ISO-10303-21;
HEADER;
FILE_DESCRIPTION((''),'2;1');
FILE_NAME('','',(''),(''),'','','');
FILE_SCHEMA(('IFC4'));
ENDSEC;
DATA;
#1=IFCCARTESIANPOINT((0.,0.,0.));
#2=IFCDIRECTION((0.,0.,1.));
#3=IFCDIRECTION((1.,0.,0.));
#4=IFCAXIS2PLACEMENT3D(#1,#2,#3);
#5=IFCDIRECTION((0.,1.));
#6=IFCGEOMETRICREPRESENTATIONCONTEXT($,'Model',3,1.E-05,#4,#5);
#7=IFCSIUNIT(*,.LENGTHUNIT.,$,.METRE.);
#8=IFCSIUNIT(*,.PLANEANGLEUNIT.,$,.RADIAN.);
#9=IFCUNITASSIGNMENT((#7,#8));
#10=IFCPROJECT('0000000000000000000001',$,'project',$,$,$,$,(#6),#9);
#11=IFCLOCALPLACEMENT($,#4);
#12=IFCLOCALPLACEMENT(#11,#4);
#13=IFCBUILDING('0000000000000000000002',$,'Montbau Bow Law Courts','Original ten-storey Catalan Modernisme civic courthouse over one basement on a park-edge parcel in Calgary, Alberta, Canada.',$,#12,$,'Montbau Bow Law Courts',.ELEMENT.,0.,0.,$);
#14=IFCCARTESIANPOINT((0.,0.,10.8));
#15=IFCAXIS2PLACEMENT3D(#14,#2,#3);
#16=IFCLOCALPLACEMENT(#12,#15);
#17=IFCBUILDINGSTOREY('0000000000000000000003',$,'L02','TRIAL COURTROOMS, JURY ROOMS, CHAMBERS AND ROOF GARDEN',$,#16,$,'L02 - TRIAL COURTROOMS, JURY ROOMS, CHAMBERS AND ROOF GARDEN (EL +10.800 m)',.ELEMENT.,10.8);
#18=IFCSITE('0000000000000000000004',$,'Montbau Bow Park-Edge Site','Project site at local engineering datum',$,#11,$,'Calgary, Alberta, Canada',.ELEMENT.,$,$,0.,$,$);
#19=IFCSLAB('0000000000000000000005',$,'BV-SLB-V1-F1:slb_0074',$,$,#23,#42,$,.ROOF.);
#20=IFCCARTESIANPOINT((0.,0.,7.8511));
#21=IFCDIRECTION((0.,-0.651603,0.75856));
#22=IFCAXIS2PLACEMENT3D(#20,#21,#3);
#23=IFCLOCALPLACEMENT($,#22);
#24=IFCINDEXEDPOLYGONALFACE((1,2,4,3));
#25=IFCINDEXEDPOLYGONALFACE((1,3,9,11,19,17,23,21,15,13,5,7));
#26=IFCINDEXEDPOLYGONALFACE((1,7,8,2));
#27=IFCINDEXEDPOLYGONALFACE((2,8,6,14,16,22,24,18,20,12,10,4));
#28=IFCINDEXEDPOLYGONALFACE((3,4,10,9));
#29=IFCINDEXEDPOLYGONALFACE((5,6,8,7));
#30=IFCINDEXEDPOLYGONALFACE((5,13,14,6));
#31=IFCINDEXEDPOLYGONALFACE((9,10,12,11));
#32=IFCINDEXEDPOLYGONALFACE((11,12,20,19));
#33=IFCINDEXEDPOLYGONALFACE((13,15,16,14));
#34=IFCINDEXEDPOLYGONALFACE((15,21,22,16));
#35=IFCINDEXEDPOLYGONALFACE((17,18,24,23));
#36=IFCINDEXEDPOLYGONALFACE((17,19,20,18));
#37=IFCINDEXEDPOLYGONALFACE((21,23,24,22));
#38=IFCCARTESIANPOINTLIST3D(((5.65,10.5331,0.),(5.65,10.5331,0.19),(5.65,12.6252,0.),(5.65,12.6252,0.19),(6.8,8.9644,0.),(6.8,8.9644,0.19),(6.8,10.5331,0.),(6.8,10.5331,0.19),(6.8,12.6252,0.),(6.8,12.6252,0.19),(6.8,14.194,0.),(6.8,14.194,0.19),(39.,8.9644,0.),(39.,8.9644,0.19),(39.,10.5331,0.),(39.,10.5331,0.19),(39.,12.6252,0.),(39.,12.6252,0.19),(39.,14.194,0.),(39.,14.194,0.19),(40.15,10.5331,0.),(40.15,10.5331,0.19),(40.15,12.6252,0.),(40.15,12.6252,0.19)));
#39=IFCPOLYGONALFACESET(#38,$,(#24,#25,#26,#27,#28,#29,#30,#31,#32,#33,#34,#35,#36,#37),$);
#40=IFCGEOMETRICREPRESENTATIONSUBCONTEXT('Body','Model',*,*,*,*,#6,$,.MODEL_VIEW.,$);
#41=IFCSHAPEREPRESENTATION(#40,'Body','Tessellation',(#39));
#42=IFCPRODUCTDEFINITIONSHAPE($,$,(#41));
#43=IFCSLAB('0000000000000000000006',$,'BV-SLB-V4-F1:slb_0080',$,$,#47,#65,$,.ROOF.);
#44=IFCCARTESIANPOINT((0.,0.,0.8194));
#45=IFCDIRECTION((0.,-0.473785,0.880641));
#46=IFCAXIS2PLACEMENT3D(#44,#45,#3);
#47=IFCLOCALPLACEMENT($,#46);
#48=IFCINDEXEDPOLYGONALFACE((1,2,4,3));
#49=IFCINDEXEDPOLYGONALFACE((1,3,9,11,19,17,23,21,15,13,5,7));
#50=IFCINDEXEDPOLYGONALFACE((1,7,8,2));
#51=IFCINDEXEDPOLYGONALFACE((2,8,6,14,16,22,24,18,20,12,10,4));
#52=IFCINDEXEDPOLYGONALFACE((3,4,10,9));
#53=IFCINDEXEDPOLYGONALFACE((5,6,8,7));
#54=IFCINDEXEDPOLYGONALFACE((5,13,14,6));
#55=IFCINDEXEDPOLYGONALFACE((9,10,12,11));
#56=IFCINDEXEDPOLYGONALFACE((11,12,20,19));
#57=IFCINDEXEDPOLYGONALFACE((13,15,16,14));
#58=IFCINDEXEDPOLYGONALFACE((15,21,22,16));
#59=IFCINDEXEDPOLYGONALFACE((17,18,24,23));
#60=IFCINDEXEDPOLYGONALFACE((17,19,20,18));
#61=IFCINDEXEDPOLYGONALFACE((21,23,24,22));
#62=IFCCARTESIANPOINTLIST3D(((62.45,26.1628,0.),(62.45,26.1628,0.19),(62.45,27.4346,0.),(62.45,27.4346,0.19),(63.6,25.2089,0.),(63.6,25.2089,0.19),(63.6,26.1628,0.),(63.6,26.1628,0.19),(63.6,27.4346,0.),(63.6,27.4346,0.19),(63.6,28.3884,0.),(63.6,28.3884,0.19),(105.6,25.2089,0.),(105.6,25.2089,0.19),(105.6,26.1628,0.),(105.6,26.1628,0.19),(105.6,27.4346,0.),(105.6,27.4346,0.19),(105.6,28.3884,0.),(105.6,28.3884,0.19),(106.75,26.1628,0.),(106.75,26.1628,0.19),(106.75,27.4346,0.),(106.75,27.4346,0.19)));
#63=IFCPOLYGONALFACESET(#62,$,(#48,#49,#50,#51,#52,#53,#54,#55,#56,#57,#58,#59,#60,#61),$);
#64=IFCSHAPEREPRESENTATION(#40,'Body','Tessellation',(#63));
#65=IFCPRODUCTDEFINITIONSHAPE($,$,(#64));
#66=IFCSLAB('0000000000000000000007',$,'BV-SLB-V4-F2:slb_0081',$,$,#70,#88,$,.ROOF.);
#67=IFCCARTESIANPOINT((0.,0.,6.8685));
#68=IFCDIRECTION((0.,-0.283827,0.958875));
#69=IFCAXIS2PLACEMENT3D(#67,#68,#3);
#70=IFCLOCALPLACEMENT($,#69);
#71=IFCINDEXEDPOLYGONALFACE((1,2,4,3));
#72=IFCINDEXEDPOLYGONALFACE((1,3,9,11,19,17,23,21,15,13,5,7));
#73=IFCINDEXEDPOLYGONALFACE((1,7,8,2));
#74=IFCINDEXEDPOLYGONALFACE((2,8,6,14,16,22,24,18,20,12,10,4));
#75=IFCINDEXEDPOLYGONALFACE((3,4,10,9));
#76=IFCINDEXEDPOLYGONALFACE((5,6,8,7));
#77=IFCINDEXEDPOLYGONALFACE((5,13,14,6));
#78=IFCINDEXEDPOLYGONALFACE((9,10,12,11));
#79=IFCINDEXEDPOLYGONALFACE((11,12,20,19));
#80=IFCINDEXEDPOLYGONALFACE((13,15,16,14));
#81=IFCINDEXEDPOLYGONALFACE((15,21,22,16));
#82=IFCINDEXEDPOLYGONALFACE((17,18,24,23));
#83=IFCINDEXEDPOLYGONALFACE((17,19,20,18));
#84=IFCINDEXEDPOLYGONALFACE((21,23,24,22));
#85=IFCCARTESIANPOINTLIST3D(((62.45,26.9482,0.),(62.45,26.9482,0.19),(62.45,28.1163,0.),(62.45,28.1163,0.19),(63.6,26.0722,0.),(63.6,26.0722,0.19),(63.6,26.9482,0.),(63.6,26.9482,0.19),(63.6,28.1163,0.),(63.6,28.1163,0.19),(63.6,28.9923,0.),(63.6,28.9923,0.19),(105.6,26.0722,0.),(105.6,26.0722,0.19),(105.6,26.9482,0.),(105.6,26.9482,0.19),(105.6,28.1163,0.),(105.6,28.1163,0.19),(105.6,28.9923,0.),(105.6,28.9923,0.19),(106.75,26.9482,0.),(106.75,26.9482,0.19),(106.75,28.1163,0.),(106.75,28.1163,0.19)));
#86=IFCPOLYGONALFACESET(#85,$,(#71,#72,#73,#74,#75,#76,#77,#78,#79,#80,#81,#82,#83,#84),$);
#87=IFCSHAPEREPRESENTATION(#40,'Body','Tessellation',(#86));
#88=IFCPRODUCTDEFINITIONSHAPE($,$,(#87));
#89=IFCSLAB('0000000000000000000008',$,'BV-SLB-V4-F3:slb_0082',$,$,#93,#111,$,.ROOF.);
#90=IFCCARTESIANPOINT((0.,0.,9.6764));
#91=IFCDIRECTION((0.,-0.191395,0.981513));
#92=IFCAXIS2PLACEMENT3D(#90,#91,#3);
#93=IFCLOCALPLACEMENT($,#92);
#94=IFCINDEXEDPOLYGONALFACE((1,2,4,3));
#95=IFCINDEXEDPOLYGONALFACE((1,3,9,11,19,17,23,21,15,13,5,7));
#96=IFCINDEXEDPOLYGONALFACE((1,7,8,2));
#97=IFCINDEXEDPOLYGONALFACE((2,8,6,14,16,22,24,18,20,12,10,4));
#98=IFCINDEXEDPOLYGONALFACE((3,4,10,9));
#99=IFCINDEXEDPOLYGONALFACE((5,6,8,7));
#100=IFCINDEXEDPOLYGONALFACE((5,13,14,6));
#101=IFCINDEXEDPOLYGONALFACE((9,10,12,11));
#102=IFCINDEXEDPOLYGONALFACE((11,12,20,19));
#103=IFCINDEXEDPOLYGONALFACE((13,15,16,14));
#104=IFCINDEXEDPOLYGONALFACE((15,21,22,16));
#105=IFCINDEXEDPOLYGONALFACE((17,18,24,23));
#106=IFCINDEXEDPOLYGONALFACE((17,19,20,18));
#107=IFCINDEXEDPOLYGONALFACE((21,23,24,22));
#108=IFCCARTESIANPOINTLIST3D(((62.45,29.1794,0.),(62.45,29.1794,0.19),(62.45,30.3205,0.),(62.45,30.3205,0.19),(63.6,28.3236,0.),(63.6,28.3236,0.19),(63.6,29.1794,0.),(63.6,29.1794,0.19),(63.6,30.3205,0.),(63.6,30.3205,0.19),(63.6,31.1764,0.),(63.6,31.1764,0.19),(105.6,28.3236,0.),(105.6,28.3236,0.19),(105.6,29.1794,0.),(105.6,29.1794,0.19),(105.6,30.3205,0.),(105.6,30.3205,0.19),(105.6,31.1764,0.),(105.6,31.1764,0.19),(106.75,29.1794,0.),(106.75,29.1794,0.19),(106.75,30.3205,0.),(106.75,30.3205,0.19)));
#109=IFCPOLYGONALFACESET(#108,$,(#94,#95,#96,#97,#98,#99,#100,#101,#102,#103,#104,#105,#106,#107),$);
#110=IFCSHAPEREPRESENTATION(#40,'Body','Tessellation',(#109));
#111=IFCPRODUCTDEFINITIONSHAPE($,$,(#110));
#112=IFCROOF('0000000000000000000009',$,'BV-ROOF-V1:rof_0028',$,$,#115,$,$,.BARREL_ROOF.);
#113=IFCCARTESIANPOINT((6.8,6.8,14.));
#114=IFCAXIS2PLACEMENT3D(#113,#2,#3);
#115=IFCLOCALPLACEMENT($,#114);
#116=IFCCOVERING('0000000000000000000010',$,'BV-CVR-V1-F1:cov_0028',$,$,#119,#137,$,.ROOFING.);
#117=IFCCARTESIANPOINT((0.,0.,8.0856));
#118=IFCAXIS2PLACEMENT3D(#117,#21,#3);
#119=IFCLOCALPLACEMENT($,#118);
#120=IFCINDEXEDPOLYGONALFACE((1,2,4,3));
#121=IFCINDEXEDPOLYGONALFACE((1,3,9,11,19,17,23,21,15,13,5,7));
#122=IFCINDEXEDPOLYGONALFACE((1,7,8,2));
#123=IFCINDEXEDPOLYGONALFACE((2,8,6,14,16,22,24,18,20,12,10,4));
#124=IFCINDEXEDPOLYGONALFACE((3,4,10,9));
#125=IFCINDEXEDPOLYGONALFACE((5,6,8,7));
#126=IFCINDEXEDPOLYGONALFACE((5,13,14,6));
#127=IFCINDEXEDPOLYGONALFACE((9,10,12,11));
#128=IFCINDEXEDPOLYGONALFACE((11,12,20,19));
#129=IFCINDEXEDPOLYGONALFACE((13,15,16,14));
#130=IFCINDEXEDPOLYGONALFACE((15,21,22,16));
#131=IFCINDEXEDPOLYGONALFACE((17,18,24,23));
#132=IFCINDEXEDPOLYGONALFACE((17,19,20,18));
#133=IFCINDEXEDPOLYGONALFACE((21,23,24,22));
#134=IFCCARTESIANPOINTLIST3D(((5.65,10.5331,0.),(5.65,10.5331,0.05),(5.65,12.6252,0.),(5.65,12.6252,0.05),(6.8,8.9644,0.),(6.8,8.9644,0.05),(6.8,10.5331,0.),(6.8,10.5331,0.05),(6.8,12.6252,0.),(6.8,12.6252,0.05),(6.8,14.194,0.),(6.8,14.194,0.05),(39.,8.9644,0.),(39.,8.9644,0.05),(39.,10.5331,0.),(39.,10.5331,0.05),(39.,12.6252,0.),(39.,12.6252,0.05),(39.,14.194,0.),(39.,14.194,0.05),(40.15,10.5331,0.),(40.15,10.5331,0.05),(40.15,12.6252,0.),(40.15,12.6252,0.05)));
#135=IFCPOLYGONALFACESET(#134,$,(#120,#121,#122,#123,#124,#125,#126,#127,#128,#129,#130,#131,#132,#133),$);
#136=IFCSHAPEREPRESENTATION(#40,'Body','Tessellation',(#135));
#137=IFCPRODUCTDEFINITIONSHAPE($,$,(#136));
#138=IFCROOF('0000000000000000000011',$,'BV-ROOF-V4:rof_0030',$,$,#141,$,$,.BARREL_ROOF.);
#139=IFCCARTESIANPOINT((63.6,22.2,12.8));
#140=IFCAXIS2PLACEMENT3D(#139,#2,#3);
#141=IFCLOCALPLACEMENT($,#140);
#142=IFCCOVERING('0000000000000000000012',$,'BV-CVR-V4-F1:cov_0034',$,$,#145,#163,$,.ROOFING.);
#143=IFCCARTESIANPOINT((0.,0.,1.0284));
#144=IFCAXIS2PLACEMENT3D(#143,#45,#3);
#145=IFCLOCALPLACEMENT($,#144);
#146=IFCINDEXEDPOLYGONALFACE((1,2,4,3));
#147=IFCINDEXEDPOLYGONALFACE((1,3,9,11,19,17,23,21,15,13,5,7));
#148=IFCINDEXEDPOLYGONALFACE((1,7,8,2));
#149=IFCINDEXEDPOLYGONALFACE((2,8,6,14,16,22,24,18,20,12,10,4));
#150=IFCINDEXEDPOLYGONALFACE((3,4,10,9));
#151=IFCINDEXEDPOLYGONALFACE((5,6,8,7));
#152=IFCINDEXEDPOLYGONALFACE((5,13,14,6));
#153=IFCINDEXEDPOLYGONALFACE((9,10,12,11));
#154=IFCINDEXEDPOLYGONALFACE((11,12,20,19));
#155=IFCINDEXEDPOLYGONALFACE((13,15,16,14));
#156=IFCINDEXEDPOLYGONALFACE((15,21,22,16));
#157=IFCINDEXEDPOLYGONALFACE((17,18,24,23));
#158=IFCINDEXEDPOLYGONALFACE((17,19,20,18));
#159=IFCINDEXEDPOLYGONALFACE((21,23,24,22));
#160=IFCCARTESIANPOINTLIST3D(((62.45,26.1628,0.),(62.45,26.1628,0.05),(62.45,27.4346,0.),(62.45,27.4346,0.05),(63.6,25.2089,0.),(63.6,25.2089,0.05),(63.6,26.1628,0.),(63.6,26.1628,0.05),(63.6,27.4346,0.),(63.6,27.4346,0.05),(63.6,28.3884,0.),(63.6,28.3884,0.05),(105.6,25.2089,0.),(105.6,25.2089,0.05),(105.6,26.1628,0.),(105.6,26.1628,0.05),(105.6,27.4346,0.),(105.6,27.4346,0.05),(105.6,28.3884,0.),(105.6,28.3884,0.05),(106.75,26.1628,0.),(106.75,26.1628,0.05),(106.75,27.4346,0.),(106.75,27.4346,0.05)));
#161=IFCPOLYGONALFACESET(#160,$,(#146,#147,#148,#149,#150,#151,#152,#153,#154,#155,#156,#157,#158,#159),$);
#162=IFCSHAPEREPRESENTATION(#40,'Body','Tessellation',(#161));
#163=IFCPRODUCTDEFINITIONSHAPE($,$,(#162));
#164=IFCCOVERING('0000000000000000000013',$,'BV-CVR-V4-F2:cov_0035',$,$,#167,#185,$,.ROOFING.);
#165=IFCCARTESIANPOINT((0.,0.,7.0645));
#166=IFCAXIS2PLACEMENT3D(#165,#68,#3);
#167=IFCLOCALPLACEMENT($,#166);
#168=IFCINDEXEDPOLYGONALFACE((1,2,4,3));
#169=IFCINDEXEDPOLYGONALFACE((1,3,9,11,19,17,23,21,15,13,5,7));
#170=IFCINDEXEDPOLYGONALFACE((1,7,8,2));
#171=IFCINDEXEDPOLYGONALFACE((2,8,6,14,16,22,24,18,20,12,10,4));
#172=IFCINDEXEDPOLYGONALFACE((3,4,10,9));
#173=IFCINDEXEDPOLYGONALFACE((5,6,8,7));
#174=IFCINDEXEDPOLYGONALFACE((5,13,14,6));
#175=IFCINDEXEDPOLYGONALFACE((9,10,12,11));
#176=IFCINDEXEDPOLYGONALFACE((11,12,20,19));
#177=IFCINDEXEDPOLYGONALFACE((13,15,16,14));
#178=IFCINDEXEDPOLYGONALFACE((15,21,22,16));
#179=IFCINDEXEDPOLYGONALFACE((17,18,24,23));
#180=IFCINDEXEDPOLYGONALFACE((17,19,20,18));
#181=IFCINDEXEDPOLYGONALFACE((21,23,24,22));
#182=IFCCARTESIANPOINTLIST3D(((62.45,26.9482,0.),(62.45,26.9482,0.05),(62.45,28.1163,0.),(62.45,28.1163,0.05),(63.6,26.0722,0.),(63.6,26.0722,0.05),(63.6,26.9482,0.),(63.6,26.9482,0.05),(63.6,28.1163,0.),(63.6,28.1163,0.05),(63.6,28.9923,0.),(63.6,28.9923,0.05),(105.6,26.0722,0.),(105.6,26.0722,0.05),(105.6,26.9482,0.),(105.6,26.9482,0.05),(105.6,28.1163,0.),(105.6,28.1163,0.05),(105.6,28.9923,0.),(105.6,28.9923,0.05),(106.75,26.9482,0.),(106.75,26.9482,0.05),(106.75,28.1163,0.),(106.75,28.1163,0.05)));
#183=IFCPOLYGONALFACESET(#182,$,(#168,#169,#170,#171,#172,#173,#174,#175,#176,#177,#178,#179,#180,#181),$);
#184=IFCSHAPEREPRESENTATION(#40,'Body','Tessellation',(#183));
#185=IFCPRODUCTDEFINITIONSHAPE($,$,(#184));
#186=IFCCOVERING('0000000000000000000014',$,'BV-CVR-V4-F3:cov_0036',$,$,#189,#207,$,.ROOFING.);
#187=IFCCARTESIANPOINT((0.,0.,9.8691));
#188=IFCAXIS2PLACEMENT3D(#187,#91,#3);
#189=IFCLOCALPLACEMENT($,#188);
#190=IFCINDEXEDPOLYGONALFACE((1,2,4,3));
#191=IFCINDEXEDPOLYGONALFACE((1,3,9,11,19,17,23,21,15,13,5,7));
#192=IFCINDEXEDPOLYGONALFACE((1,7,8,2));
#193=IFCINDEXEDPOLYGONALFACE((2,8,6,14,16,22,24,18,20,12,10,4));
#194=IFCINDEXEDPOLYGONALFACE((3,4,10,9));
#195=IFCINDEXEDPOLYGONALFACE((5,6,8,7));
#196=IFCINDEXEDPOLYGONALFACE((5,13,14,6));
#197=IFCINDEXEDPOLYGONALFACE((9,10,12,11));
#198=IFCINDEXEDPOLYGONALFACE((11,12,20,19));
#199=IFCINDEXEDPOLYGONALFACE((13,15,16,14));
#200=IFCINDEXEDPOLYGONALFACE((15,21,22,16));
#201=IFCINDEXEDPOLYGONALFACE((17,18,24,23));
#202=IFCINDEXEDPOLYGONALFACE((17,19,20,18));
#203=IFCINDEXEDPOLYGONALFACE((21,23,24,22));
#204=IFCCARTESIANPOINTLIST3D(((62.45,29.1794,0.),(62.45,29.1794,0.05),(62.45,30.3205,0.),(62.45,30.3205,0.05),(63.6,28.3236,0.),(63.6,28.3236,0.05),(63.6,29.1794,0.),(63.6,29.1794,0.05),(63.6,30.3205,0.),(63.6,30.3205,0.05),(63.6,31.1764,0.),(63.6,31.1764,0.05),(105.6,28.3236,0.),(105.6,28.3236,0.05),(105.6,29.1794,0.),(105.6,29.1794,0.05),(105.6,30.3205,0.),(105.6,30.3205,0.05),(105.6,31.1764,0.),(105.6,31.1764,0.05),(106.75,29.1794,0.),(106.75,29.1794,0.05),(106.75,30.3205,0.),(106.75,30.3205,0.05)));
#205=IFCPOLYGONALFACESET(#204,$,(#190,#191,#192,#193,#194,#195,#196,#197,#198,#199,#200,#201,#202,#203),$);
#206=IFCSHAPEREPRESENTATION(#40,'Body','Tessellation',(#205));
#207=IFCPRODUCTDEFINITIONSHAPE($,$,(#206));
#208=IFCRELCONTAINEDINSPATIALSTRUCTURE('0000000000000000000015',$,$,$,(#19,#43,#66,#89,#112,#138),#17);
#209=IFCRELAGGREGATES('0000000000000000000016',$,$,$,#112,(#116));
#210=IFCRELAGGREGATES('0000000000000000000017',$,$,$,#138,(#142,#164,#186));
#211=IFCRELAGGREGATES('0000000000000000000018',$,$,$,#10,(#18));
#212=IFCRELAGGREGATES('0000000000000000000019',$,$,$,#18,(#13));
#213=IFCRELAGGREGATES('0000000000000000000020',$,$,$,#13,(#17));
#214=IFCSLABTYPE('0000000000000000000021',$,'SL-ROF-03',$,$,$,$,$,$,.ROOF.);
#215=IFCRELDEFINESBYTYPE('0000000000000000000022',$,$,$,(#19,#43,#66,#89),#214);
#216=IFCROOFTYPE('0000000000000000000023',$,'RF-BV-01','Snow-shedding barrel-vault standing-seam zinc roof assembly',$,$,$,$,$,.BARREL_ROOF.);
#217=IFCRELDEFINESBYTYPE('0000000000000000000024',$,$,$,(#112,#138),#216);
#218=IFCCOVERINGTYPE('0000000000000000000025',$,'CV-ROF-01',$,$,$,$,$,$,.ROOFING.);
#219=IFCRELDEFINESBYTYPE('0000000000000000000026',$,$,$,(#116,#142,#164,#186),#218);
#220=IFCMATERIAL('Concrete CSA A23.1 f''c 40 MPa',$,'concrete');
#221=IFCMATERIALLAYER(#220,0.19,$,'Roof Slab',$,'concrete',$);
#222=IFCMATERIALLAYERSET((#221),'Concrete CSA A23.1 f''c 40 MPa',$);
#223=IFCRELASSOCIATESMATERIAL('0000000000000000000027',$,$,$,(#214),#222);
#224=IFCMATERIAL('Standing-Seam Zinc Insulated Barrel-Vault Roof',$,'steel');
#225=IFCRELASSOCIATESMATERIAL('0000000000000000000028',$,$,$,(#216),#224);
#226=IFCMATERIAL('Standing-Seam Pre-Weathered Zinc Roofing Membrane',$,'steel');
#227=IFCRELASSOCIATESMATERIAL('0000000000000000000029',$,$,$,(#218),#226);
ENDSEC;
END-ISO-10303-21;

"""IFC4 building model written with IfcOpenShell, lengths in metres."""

from ifc_helpers import new_model, si_unit, direction, frame, origin_with_axes, place, context, subcontext, project, spatial, polyline, outline, extrude, material, layer, layer_set, type_object, element, aggregate, save


model = new_model("IFC4")

# Units and contexts
model_context = context("Model", 3, precision=1e-05, world=origin_with_axes(), true_north=direction((0.0, 1.0)))
body_context = subcontext(model_context, "Body", "Model", "MODEL_VIEW")
ifc_project = project(units=[si_unit("LENGTHUNIT", "METRE"), si_unit("PLANEANGLEUNIT", "RADIAN")], contexts=[model_context])

# Site, building, storey
site_placement = place(None, origin_with_axes())
site = spatial("IfcSite", under=ifc_project, at=site_placement, Name="Montbau Bow Park-Edge Site", Description="Project site at local engineering datum", LongName="Calgary, Alberta, Canada", CompositionType="ELEMENT", RefElevation=0.0)
building_placement = place(site_placement, origin_with_axes())
building = spatial("IfcBuilding", under=site, at=building_placement, Name="Montbau Bow Law Courts", Description="Original ten-storey Catalan Modernisme civic courthouse over one basement on a park-edge parcel in Calgary, Alberta, Canada.", LongName="Montbau Bow Law Courts", CompositionType="ELEMENT", ElevationOfRefHeight=0.0, ElevationOfTerrain=0.0)
storey_placement = place(building_placement, frame((0.0, 0.0, 10.8), z_axis=(0.0, 0.0, 1.0), x_axis=(1.0, 0.0, 0.0)))
storey = spatial("IfcBuildingStorey", under=building, at=storey_placement, Name="L02", Description="TRIAL COURTROOMS, JURY ROOMS, CHAMBERS AND ROOF GARDEN", LongName="L02 - TRIAL COURTROOMS, JURY ROOMS, CHAMBERS AND ROOF GARDEN (EL +10.800 m)", CompositionType="ELEMENT", Elevation=10.8)

# Slabs
ifc_material_1 = material(Name="Concrete CSA A23.1 f'c 40 MPa", Category="concrete")
ifc_layer_1 = layer(ifc_material_1, 0.19, Name="Roof Slab", Category="concrete")
ifc_layer_set_1 = layer_set([ifc_layer_1], Name="Concrete CSA A23.1 f'c 40 MPa")
slab_type_1 = type_object("IfcSlabType", Name="SL-ROF-03", PredefinedType="ROOF", material=ifc_layer_set_1)
slab_1_placement = place(None, frame((0.0, 0.0, 7.8511), z_axis=(0.0, -0.651603, 0.75856), x_axis=(1.0, 0.0, 0.0)))
element("IfcSlab", 1, at=slab_1_placement, inside=storey, type_object=slab_type_1, Name="BV-SLB-V1-F1:slb_0074", PredefinedType="ROOF", context=body_context, shape_type="SweptSolid", body=[
    extrude(outline(polyline([(6.8, 8.9644), (39.0, 8.9644), (39.0, 10.5331), (40.15, 10.5331), (40.15, 12.6252), (39.0, 12.6252), (39.0, 14.194), (6.8, 14.194), (6.8, 12.6252), (5.65, 12.6252), (5.65, 10.5331), (6.8, 10.5331), (6.8, 8.9644)])), origin_with_axes(), (0.0, 0.0, 1.0), 0.19),
])
slab_2_placement = place(None, frame((0.0, 0.0, 0.8194), z_axis=(0.0, -0.473785, 0.880641), x_axis=(1.0, 0.0, 0.0)))
element("IfcSlab", 2, at=slab_2_placement, inside=storey, type_object=slab_type_1, Name="BV-SLB-V4-F1:slb_0080", PredefinedType="ROOF", context=body_context, shape_type="SweptSolid", body=[
    extrude(outline(polyline([(63.6, 25.2089), (105.6, 25.2089), (105.6, 26.1628), (106.75, 26.1628), (106.75, 27.4346), (105.6, 27.4346), (105.6, 28.3884), (63.6, 28.3884), (63.6, 27.4346), (62.45, 27.4346), (62.45, 26.1628), (63.6, 26.1628), (63.6, 25.2089)])), origin_with_axes(), (0.0, 0.0, 1.0), 0.19),
])
slab_3_placement = place(None, frame((0.0, 0.0, 6.8685), z_axis=(0.0, -0.283827, 0.958875), x_axis=(1.0, 0.0, 0.0)))
element("IfcSlab", 3, at=slab_3_placement, inside=storey, type_object=slab_type_1, Name="BV-SLB-V4-F2:slb_0081", PredefinedType="ROOF", context=body_context, shape_type="SweptSolid", body=[
    extrude(outline(polyline([(63.6, 26.0722), (105.6, 26.0722), (105.6, 26.9482), (106.75, 26.9482), (106.75, 28.1163), (105.6, 28.1163), (105.6, 28.9923), (63.6, 28.9923), (63.6, 28.1163), (62.45, 28.1163), (62.45, 26.9482), (63.6, 26.9482), (63.6, 26.0722)])), origin_with_axes(), (0.0, 0.0, 1.0), 0.19),
])
slab_4_placement = place(None, frame((0.0, 0.0, 9.6764), z_axis=(0.0, -0.191395, 0.981513), x_axis=(1.0, 0.0, 0.0)))
element("IfcSlab", 4, at=slab_4_placement, inside=storey, type_object=slab_type_1, Name="BV-SLB-V4-F3:slb_0082", PredefinedType="ROOF", context=body_context, shape_type="SweptSolid", body=[
    extrude(outline(polyline([(63.6, 28.3236), (105.6, 28.3236), (105.6, 29.1794), (106.75, 29.1794), (106.75, 30.3205), (105.6, 30.3205), (105.6, 31.1764), (63.6, 31.1764), (63.6, 30.3205), (62.45, 30.3205), (62.45, 29.1794), (63.6, 29.1794), (63.6, 28.3236)])), origin_with_axes(), (0.0, 0.0, 1.0), 0.19),
])

# Roof, covering
ifc_material_2 = material(Name="Standing-Seam Zinc Insulated Barrel-Vault Roof", Category="steel")
roof_type = type_object("IfcRoofType", Name="RF-BV-01", Description="Snow-shedding barrel-vault standing-seam zinc roof assembly", PredefinedType="BARREL_ROOF", material=ifc_material_2)
roof_1_placement = place(None, frame((6.8, 6.8, 14.0), z_axis=(0.0, 0.0, 1.0), x_axis=(1.0, 0.0, 0.0)))
roof_1 = element("IfcRoof", 5, at=roof_1_placement, inside=storey, type_object=roof_type, Name="BV-ROOF-V1:rof_0028", PredefinedType="BARREL_ROOF")
ifc_material_3 = material(Name="Standing-Seam Pre-Weathered Zinc Roofing Membrane", Category="steel")
covering_type = type_object("IfcCoveringType", Name="CV-ROF-01", PredefinedType="ROOFING", material=ifc_material_3)
covering_1_placement = place(None, frame((0.0, 0.0, 8.0856), z_axis=(0.0, -0.651603, 0.75856), x_axis=(1.0, 0.0, 0.0)))
covering_1 = element("IfcCovering", 6, at=covering_1_placement, type_object=covering_type, Name="BV-CVR-V1-F1:cov_0028", PredefinedType="ROOFING", context=body_context, shape_type="SweptSolid", body=[
    extrude(outline(polyline([(6.8, 8.9644), (39.0, 8.9644), (39.0, 10.5331), (40.15, 10.5331), (40.15, 12.6252), (39.0, 12.6252), (39.0, 14.194), (6.8, 14.194), (6.8, 12.6252), (5.65, 12.6252), (5.65, 10.5331), (6.8, 10.5331), (6.8, 8.9644)])), origin_with_axes(), (0.0, 0.0, 1.0), 0.05),
])
aggregate(roof_1, [covering_1])

# Roof, coverings
roof_2_placement = place(None, frame((63.6, 22.2, 12.8), z_axis=(0.0, 0.0, 1.0), x_axis=(1.0, 0.0, 0.0)))
roof_2 = element("IfcRoof", 7, at=roof_2_placement, inside=storey, type_object=roof_type, Name="BV-ROOF-V4:rof_0030", PredefinedType="BARREL_ROOF")
covering_2_placement = place(None, frame((0.0, 0.0, 1.0284), z_axis=(0.0, -0.473785, 0.880641), x_axis=(1.0, 0.0, 0.0)))
covering_2 = element("IfcCovering", 8, at=covering_2_placement, type_object=covering_type, Name="BV-CVR-V4-F1:cov_0034", PredefinedType="ROOFING", context=body_context, shape_type="SweptSolid", body=[
    extrude(outline(polyline([(63.6, 25.2089), (105.6, 25.2089), (105.6, 26.1628), (106.75, 26.1628), (106.75, 27.4346), (105.6, 27.4346), (105.6, 28.3884), (63.6, 28.3884), (63.6, 27.4346), (62.45, 27.4346), (62.45, 26.1628), (63.6, 26.1628), (63.6, 25.2089)])), origin_with_axes(), (0.0, 0.0, 1.0), 0.05),
])
covering_3_placement = place(None, frame((0.0, 0.0, 7.0645), z_axis=(0.0, -0.283827, 0.958875), x_axis=(1.0, 0.0, 0.0)))
covering_3 = element("IfcCovering", 9, at=covering_3_placement, type_object=covering_type, Name="BV-CVR-V4-F2:cov_0035", PredefinedType="ROOFING", context=body_context, shape_type="SweptSolid", body=[
    extrude(outline(polyline([(63.6, 26.0722), (105.6, 26.0722), (105.6, 26.9482), (106.75, 26.9482), (106.75, 28.1163), (105.6, 28.1163), (105.6, 28.9923), (63.6, 28.9923), (63.6, 28.1163), (62.45, 28.1163), (62.45, 26.9482), (63.6, 26.9482), (63.6, 26.0722)])), origin_with_axes(), (0.0, 0.0, 1.0), 0.05),
])
covering_4_placement = place(None, frame((0.0, 0.0, 9.8691), z_axis=(0.0, -0.191395, 0.981513), x_axis=(1.0, 0.0, 0.0)))
covering_4 = element("IfcCovering", 10, at=covering_4_placement, type_object=covering_type, Name="BV-CVR-V4-F3:cov_0036", PredefinedType="ROOFING", context=body_context, shape_type="SweptSolid", body=[
    extrude(outline(polyline([(63.6, 28.3236), (105.6, 28.3236), (105.6, 29.1794), (106.75, 29.1794), (106.75, 30.3205), (105.6, 30.3205), (105.6, 31.1764), (63.6, 31.1764), (63.6, 30.3205), (62.45, 30.3205), (62.45, 29.1794), (63.6, 29.1794), (63.6, 28.3236)])), origin_with_axes(), (0.0, 0.0, 1.0), 0.05),
])
aggregate(roof_2, [covering_2, covering_3, covering_4])

save(model, "model.ifc")
